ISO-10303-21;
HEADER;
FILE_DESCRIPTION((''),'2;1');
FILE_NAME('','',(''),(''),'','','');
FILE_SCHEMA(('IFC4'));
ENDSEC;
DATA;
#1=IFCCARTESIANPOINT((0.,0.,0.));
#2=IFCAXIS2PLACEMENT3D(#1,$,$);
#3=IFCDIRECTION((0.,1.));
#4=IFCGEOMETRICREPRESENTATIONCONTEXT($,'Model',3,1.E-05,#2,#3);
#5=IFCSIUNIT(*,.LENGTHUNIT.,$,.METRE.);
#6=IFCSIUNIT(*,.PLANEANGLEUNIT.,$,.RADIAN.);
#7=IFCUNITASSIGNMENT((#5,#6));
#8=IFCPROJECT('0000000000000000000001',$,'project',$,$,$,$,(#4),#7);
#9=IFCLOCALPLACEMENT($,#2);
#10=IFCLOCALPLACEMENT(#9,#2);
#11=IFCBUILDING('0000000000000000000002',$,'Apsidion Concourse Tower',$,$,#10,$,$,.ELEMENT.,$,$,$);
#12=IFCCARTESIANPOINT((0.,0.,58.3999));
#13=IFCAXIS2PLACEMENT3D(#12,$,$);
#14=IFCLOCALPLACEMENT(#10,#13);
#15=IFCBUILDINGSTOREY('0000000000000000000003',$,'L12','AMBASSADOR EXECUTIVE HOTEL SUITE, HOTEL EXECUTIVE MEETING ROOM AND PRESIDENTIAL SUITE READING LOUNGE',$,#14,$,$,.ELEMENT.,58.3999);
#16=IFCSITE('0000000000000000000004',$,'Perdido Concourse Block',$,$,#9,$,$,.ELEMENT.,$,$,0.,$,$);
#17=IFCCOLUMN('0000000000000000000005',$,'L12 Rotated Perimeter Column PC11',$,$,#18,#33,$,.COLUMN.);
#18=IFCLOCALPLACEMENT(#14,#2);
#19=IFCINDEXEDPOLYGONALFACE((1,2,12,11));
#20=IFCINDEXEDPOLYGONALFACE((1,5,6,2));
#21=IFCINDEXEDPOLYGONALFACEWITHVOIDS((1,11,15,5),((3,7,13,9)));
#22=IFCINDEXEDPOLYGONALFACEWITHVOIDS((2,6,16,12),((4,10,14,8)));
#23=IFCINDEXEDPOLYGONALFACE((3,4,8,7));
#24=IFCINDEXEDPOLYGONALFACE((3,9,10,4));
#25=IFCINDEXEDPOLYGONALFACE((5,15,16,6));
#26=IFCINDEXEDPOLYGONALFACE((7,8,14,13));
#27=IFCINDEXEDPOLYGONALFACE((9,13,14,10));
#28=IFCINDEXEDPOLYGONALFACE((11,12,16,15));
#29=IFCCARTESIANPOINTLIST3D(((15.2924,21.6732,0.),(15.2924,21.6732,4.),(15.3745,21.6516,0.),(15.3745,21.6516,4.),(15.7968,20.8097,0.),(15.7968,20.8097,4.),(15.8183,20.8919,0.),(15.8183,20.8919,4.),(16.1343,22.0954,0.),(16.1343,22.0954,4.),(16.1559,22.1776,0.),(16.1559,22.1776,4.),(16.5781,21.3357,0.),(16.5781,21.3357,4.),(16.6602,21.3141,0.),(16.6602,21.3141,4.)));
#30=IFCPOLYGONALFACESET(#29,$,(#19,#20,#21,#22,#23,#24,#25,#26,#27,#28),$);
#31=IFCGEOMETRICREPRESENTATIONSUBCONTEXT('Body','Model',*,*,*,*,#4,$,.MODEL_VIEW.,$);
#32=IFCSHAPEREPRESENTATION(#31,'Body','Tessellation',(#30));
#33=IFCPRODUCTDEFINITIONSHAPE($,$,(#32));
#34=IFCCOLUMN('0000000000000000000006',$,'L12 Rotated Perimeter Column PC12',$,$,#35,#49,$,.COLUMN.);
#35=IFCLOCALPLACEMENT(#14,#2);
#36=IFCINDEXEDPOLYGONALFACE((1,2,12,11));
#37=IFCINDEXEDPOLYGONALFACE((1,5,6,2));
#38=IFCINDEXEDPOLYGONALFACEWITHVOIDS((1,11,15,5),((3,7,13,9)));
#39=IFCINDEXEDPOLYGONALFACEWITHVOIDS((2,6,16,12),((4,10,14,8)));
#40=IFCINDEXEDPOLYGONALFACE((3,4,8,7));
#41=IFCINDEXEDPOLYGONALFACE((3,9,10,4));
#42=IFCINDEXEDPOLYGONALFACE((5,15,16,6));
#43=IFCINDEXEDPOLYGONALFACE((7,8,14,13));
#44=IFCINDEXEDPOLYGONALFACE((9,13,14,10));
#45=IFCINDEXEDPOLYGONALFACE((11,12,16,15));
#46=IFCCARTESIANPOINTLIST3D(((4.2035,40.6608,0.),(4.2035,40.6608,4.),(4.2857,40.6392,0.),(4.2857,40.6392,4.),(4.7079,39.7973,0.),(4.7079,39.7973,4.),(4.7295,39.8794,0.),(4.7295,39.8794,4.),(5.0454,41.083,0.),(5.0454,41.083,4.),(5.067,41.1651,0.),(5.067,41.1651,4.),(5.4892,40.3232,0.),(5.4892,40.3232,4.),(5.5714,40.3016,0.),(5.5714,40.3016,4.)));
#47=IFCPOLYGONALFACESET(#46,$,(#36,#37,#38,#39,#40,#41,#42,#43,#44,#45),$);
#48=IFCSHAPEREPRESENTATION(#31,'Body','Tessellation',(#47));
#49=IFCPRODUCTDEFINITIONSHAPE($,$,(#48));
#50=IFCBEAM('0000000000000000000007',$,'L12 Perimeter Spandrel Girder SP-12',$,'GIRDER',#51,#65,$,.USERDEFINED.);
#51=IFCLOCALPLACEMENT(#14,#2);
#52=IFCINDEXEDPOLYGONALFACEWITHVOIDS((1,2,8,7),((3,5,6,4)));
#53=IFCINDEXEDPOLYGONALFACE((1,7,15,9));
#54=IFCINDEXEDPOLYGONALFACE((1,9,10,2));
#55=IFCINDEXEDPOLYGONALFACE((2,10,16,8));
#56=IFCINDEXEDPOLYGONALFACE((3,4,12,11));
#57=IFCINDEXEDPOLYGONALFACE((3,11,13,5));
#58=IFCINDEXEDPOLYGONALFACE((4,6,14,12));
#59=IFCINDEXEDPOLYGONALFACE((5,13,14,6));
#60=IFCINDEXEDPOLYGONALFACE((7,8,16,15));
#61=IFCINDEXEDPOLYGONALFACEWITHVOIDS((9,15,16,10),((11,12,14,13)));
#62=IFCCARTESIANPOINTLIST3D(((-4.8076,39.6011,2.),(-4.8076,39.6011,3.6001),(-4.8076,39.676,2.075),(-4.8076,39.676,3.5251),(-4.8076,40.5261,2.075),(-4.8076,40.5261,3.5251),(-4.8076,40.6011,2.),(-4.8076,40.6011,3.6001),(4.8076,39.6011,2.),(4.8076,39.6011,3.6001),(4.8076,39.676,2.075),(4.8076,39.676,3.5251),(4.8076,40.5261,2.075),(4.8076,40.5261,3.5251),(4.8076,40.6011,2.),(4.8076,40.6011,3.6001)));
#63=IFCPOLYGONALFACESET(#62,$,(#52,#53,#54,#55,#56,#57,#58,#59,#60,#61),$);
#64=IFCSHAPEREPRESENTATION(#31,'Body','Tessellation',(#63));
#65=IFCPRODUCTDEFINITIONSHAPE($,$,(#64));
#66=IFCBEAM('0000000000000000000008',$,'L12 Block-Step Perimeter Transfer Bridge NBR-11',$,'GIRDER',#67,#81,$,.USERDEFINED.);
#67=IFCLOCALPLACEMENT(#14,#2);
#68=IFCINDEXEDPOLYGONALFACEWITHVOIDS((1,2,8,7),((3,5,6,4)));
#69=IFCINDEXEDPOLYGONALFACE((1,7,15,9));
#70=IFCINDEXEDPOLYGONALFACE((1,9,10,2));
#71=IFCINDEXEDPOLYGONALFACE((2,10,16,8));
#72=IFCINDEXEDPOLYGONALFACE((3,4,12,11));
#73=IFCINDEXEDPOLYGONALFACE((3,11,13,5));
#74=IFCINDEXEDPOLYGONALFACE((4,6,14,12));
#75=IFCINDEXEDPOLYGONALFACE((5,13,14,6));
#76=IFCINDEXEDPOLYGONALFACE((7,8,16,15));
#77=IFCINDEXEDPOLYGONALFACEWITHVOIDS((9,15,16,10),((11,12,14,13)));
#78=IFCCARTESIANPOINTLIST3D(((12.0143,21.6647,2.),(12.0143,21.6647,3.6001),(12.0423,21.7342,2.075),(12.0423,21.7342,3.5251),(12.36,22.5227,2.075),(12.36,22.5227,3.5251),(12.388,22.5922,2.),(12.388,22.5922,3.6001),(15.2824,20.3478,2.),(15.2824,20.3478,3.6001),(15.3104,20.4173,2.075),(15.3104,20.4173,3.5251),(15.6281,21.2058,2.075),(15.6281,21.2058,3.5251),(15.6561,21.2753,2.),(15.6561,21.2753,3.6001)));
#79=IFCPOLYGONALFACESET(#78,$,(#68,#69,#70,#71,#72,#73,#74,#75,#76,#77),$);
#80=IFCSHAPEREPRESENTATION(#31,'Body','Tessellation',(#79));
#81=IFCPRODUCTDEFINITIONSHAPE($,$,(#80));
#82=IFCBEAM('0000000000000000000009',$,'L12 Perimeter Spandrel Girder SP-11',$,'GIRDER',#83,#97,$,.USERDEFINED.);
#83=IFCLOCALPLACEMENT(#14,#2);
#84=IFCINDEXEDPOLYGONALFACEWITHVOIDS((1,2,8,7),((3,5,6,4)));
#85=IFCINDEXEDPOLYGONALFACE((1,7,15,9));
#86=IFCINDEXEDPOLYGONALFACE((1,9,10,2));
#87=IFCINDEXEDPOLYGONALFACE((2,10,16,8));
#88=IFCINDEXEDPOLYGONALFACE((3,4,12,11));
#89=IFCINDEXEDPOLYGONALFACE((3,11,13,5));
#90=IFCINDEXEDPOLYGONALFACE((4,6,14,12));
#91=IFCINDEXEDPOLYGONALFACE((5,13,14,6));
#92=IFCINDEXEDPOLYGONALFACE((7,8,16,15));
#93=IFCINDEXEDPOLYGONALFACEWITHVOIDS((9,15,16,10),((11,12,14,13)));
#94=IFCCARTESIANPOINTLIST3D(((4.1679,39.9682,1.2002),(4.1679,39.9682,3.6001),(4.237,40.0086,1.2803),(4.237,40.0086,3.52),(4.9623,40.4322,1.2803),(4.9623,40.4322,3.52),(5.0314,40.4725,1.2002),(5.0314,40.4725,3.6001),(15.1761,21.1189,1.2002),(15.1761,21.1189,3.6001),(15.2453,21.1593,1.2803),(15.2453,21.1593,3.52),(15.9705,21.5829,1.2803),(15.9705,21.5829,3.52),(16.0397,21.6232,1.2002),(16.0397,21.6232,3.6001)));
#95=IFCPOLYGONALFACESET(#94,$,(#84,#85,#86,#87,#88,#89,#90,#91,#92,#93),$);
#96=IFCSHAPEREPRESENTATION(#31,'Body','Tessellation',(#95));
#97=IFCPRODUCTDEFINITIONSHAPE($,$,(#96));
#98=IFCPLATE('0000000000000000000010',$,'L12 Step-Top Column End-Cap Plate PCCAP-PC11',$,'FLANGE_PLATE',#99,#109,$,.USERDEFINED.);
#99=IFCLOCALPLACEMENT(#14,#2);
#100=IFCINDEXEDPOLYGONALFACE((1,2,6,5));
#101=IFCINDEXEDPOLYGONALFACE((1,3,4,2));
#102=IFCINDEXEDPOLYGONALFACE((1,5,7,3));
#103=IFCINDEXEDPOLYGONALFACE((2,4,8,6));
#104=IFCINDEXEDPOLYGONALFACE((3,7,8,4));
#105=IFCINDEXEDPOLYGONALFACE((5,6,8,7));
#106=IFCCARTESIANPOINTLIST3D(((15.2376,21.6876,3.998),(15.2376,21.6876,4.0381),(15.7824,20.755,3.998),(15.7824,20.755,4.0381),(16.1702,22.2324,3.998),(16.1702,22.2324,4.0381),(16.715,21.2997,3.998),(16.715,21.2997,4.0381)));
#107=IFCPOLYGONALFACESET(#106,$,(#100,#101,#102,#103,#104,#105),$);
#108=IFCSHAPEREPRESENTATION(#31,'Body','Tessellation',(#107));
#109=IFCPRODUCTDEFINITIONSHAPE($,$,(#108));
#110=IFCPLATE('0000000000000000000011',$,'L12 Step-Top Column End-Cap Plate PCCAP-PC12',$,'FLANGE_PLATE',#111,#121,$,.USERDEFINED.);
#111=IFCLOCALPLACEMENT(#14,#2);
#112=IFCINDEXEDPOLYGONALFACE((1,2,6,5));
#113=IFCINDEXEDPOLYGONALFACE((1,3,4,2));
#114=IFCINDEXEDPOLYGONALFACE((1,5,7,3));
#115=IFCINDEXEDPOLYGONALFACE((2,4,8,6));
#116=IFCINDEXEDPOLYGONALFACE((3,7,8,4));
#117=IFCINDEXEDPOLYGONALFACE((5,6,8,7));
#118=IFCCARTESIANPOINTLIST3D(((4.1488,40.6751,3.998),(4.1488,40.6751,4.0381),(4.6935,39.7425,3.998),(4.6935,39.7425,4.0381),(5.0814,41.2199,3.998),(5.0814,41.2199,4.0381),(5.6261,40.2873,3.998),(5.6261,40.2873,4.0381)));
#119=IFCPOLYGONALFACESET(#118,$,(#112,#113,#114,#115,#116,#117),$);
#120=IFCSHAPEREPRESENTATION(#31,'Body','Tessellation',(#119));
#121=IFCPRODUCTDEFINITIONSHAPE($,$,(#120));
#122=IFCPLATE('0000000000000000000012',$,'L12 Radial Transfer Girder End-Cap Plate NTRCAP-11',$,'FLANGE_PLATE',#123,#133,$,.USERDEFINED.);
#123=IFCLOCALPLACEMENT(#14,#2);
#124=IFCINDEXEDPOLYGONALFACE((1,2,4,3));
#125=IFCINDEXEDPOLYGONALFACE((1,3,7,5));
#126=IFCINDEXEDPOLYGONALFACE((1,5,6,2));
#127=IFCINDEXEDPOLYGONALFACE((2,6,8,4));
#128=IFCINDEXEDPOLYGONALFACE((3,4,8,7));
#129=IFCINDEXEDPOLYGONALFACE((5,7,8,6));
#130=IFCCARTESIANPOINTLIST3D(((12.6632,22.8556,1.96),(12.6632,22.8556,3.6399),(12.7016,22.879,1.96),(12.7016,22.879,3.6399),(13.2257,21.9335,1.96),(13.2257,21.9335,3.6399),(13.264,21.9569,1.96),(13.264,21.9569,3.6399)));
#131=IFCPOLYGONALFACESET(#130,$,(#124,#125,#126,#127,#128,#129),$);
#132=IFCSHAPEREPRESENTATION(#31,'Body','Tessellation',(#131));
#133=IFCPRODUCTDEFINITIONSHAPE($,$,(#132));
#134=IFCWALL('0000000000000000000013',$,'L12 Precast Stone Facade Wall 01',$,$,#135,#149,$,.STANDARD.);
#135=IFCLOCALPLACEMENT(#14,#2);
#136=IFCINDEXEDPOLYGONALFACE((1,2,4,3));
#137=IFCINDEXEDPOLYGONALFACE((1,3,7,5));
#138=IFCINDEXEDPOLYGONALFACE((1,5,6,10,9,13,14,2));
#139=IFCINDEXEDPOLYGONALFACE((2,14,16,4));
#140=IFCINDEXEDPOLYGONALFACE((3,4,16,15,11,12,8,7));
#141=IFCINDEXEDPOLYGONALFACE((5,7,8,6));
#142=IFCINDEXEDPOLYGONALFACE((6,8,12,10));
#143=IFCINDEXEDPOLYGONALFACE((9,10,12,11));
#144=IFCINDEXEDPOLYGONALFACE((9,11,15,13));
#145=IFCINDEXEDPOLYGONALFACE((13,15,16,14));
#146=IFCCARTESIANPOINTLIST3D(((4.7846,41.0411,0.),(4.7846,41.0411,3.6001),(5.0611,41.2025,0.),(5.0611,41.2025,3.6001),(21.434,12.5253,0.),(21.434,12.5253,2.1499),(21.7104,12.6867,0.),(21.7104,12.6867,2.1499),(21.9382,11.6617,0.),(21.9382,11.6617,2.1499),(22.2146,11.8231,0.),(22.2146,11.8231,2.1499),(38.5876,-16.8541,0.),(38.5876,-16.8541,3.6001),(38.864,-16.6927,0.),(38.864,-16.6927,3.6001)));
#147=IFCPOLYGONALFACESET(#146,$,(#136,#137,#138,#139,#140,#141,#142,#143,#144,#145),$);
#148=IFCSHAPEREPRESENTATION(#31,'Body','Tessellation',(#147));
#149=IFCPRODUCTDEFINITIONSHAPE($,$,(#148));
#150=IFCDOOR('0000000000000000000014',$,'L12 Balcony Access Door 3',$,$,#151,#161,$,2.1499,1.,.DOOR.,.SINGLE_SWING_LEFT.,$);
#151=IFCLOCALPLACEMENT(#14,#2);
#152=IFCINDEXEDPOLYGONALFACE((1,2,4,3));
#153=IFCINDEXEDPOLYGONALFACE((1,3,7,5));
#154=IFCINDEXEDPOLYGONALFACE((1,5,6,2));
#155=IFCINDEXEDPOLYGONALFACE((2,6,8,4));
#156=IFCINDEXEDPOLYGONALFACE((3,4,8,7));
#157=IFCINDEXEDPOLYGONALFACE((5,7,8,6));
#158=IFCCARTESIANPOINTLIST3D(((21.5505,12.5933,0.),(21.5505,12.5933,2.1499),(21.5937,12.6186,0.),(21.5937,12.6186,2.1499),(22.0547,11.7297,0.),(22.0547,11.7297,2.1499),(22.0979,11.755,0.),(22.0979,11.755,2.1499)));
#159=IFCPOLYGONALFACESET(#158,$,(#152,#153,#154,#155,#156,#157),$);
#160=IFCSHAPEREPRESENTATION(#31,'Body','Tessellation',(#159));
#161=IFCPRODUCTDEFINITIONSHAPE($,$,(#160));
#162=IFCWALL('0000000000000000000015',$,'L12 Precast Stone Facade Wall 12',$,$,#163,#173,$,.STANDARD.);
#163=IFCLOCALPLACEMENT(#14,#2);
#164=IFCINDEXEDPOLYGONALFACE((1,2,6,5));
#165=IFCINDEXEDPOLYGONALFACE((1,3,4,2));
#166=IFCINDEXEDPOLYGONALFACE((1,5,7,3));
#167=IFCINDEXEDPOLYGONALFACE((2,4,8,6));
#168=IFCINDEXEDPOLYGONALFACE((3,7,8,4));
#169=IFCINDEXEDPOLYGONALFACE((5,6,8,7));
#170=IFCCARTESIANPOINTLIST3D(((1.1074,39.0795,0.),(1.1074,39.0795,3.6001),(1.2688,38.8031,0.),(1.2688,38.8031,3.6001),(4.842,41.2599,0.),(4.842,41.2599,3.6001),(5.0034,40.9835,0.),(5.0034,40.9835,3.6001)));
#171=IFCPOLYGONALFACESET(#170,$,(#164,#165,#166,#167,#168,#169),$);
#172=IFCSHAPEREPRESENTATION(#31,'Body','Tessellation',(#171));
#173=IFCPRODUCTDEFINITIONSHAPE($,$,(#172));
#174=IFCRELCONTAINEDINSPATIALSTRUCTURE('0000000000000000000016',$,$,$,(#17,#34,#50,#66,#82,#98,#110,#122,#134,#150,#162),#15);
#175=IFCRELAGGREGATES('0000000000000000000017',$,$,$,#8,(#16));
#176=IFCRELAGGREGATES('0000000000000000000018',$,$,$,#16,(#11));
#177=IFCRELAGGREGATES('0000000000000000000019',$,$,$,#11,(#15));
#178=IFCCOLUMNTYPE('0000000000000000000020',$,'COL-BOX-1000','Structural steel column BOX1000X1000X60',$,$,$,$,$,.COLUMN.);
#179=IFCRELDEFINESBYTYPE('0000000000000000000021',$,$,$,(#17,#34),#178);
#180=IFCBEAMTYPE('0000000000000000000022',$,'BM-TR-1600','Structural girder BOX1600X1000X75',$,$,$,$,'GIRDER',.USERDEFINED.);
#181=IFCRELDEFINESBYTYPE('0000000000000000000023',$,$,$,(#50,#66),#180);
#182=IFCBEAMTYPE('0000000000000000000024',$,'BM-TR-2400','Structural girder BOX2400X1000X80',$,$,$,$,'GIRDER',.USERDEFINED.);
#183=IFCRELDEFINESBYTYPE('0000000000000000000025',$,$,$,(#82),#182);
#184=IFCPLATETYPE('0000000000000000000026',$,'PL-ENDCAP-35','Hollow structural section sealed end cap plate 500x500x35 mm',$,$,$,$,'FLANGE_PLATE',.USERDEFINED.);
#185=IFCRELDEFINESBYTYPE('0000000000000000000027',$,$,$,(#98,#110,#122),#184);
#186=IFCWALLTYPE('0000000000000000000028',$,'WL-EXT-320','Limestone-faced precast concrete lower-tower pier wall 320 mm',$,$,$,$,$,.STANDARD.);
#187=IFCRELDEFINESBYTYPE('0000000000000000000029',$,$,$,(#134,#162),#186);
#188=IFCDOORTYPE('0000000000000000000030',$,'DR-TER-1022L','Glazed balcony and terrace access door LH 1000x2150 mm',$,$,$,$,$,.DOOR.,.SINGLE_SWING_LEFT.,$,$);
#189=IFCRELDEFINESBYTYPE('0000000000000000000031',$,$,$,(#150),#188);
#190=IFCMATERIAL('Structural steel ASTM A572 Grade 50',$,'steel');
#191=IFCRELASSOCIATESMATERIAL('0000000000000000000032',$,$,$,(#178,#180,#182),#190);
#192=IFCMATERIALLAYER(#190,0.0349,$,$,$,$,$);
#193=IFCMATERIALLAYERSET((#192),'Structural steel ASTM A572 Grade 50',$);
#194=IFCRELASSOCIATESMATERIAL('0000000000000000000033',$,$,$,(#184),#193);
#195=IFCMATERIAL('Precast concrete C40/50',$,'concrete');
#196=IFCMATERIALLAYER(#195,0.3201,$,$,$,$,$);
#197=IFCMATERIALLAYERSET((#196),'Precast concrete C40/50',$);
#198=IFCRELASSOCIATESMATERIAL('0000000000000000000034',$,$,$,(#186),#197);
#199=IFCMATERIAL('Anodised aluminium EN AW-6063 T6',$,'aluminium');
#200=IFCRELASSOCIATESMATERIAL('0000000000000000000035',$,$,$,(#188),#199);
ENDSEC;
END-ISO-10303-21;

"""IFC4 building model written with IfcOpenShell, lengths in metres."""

from ifc_helpers import new_model, si_unit, direction, frame, frame_2d, origin, origin_2d, place, context, subcontext, project, spatial, rectangle, hollow_rectangle, extrude, material, layer, layer_set, material_profile, profile_set, type_object, element, fill, save


model = new_model("IFC4")

# Units and contexts
model_context = context("Model", 3, precision=1e-05, world=origin(), true_north=direction((0.0, 1.0)))
body_context = subcontext(model_context, "Body", "Model", "MODEL_VIEW")
ifc_project = project(units=[si_unit("LENGTHUNIT", "METRE"), si_unit("PLANEANGLEUNIT", "RADIAN")], contexts=[model_context])

# Site, building, storey
site_placement = place(None, origin())
site = spatial("IfcSite", under=ifc_project, at=site_placement, Name="Perdido Concourse Block", CompositionType="ELEMENT", RefElevation=0.0)
building_placement = place(site_placement, origin())
building = spatial("IfcBuilding", under=site, at=building_placement, Name="Apsidion Concourse Tower", CompositionType="ELEMENT")
storey_placement = place(building_placement, frame((0.0, 0.0, 58.3999)))
storey = spatial("IfcBuildingStorey", under=building, at=storey_placement, Name="L12", Description="AMBASSADOR EXECUTIVE HOTEL SUITE, HOTEL EXECUTIVE MEETING ROOM AND PRESIDENTIAL SUITE READING LOUNGE", CompositionType="ELEMENT", Elevation=58.3999)

# Columns
ifc_material_1 = material(Name="Structural steel ASTM A572 Grade 50", Category="steel")
ifc_material_profile_1 = material_profile(ifc_material_1, hollow_rectangle(XDim=1.0, YDim=1.0, WallThickness=0.0601, at=origin_2d()), Name="BOX1000X1000X60")
ifc_profile_set_1 = profile_set([ifc_material_profile_1], Name="Structural steel ASTM A572 Grade 50")
column_type = type_object("IfcColumnType", Name="COL-BOX-1000", Description="Structural steel column BOX1000X1000X60", PredefinedType="COLUMN", material=ifc_profile_set_1)
for number, where, z_axis, x_axis, name in (
    (1, (15.9763, 21.4937, 0.0), (0.0, 0.0, 1.0), (-0.504377, 0.863484, 0.0), "L12 Rotated Perimeter Column PC11"),
    (2, (4.8875, 40.4812, 0.0), (0.0, 0.0, 1.0), (-0.504377, 0.863484, 0.0), "L12 Rotated Perimeter Column PC12"),
):
    element("IfcColumn", number, at=place(storey_placement, frame(where, z_axis=z_axis, x_axis=x_axis)), inside=storey, type_object=column_type, Name=name, PredefinedType="COLUMN", context=body_context, shape_type="SweptSolid", body=[
        extrude(hollow_rectangle(XDim=1.0, YDim=1.0, WallThickness=0.0601, at=origin_2d()), origin(), (0.0, 0.0, 1.0), 4.0),
    ])

# Beams
ifc_material_profile_2 = material_profile(ifc_material_1, hollow_rectangle(XDim=1.0, YDim=1.6001, WallThickness=0.075, at=origin_2d()), Name="BOX1600X1000X75")
ifc_profile_set_2 = profile_set([ifc_material_profile_2], Name="Structural steel ASTM A572 Grade 50")
beam_type_1 = type_object("IfcBeamType", Name="BM-TR-1600", Description="Structural girder BOX1600X1000X75", ElementType="GIRDER", PredefinedType="USERDEFINED", material=ifc_profile_set_2)
beam_1_placement = place(storey_placement, frame((4.8076, 40.1011, 2.8), z_axis=(-1.0, 0.0, 0.0), x_axis=(0.0, -1.0, 0.0)))
element("IfcBeam", 3, at=beam_1_placement, inside=storey, type_object=beam_type_1, Name="L12 Perimeter Spandrel Girder SP-12", ObjectType="GIRDER", PredefinedType="USERDEFINED", context=body_context, shape_type="SweptSolid", body=[
    extrude(hollow_rectangle(XDim=1.0, YDim=1.6001, WallThickness=0.075, at=origin_2d()), origin(), (0.0, 0.0, 1.0), 9.6152),
])
beam_2_placement = place(storey_placement, frame((15.4692, 20.8115, 2.8), z_axis=(-0.927527, 0.373755, 0.0), x_axis=(-0.373755, -0.927527, 0.0)))
element("IfcBeam", 4, at=beam_2_placement, inside=storey, type_object=beam_type_1, Name="L12 Block-Step Perimeter Transfer Bridge NBR-11", ObjectType="GIRDER", PredefinedType="USERDEFINED", context=body_context, shape_type="SweptSolid", body=[
    extrude(hollow_rectangle(XDim=1.0, YDim=1.6001, WallThickness=0.075, at=origin_2d()), origin(), (0.0, 0.0, 1.0), 3.5234),
])
ifc_material_profile_3 = material_profile(ifc_material_1, hollow_rectangle(XDim=1.0, YDim=2.3999, WallThickness=0.0801, at=origin_2d()), Name="BOX2400X1000X80")
ifc_profile_set_3 = profile_set([ifc_material_profile_3], Name="Structural steel ASTM A572 Grade 50")
beam_type_2 = type_object("IfcBeamType", Name="BM-TR-2400", Description="Structural girder BOX2400X1000X80", ElementType="GIRDER", PredefinedType="USERDEFINED", material=ifc_profile_set_3)
beam_3_placement = place(storey_placement, frame((15.6079, 21.3711, 2.4001), z_axis=(-0.50431, 0.863523, 0.0), x_axis=(-0.863523, -0.50431, 0.0)))
element("IfcBeam", 5, at=beam_3_placement, inside=storey, type_object=beam_type_2, Name="L12 Perimeter Spandrel Girder SP-11", ObjectType="GIRDER", PredefinedType="USERDEFINED", context=body_context, shape_type="SweptSolid", body=[
    extrude(hollow_rectangle(XDim=1.0, YDim=2.3999, WallThickness=0.0801, at=origin_2d()), origin(), (0.0, 0.0, 1.0), 21.8284),
])

# Plates
ifc_layer_1 = layer(ifc_material_1, 0.0349)
ifc_layer_set_1 = layer_set([ifc_layer_1], Name="Structural steel ASTM A572 Grade 50")
plate_type = type_object("IfcPlateType", Name="PL-ENDCAP-35", Description="Hollow structural section sealed end cap plate 500x500x35 mm", ElementType="FLANGE_PLATE", PredefinedType="USERDEFINED", material=ifc_layer_set_1)
for number, where, z_axis, x_axis, name in (
    (6, (15.9763, 21.4937, 3.998), (0.0, 0.0, 1.0), (-0.504377, 0.863484, 0.0), "L12 Step-Top Column End-Cap Plate PCCAP-PC11"),
    (7, (4.8875, 40.4812, 3.998), (0.0, 0.0, 1.0), (-0.504377, 0.863484, 0.0), "L12 Step-Top Column End-Cap Plate PCCAP-PC12"),
):
    element("IfcPlate", number, at=place(storey_placement, frame(where, z_axis=z_axis, x_axis=x_axis)), inside=storey, type_object=plate_type, Name=name, ObjectType="FLANGE_PLATE", PredefinedType="USERDEFINED", context=body_context, shape_type="SweptSolid", body=[
        extrude(rectangle(XDim=1.0801, YDim=1.0801, at=origin_2d()), origin(), (0.0, 0.0, 1.0), 0.04),
    ])
plate_placement = place(storey_placement, frame((12.9636, 22.4062, 1.96), z_axis=(0.0, 0.0, 1.0), x_axis=(0.853733, 0.520712, 0.0)))
element("IfcPlate", 8, at=plate_placement, inside=storey, type_object=plate_type, Name="L12 Radial Transfer Girder End-Cap Plate NTRCAP-11", ObjectType="FLANGE_PLATE", PredefinedType="USERDEFINED", context=body_context, shape_type="SweptSolid", body=[
    extrude(rectangle(XDim=0.0449, YDim=1.0801, at=origin_2d()), origin(), (0.0, 0.0, 1.0), 1.6799),
])

# Wall, opening, door
ifc_material_2 = material(Name="Precast concrete C40/50", Category="concrete")
ifc_layer_2 = layer(ifc_material_2, 0.3201)
ifc_layer_set_2 = layer_set([ifc_layer_2], Name="Precast concrete C40/50")
wall_type_1 = type_object("IfcWallType", Name="WL-EXT-320", Description="Limestone-faced precast concrete lower-tower pier wall 320 mm", PredefinedType="STANDARD", material=ifc_layer_set_2)
wall_1_placement = place(storey_placement, frame((4.9229, 41.1218, 0.0), z_axis=(0.0, 0.0, 1.0), x_axis=(0.504213, -0.863579, 0.0)))
wall_1 = element("IfcWall", 9, at=wall_1_placement, inside=storey, type_object=wall_type_1, Name="L12 Precast Stone Facade Wall 01", PredefinedType="STANDARD", context=body_context, shape_type="SweptSolid", body=[
    extrude(rectangle(XDim=67.041, YDim=0.3201, at=frame_2d((33.5205, 0.0))), origin(), (0.0, 0.0, 1.0), 3.6001),
])
opening_1_placement = place(wall_1_placement, frame((33.0205, 0.0, 0.0)))
opening_1 = element("IfcOpeningElement", 10, at=opening_1_placement, cuts=wall_1, PredefinedType="OPENING", context=body_context, shape_type="SweptSolid", body=[
    extrude(rectangle(XDim=1.0, YDim=2.1499, at=frame_2d((0.5, 1.075))), frame((0.0, 0.1699, 0.0), z_axis=(0.0, -1.0, 0.0), x_axis=(1.0, 0.0, 0.0)), (0.0, 0.0, 1.0), 0.3401),
])
ifc_material_3 = material(Name="Anodised aluminium EN AW-6063 T6", Category="aluminium")
door_type_1 = type_object("IfcDoorType", Name="DR-TER-1022L", Description="Glazed balcony and terrace access door LH 1000x2150 mm", OperationType="SINGLE_SWING_LEFT", PredefinedType="DOOR", material=ifc_material_3)
door_1_placement = place(opening_1_placement, origin())
door_1 = element("IfcDoor", 11, at=door_1_placement, inside=storey, type_object=door_type_1, Name="L12 Balcony Access Door 3", OperationType="SINGLE_SWING_LEFT", OverallHeight=2.1499, OverallWidth=1.0, PredefinedType="DOOR", context=body_context, shape_type="SweptSolid", body=[
    extrude(rectangle(XDim=1.0, YDim=2.1499, at=frame_2d((0.5, 1.075))), frame((0.0, 0.0249, 0.0), z_axis=(0.0, -1.0, 0.0), x_axis=(1.0, 0.0, 0.0)), (0.0, 0.0, 1.0), 0.05),
])
fill(opening_1, door_1)

# Wall
wall_2_placement = place(storey_placement, frame((1.1882, 38.9414, 0.0), z_axis=(0.0, 0.0, 1.0), x_axis=(0.863588, 0.504197, 0.0)))
element("IfcWall", 12, at=wall_2_placement, inside=storey, type_object=wall_type_1, Name="L12 Precast Stone Facade Wall 12", PredefinedType="STANDARD", context=body_context, shape_type="SweptSolid", body=[
    extrude(rectangle(XDim=4.3245, YDim=0.3201, at=frame_2d((2.1621, 0.0))), origin(), (0.0, 0.0, 1.0), 3.6001),
])

save(model, "model.ifc")
